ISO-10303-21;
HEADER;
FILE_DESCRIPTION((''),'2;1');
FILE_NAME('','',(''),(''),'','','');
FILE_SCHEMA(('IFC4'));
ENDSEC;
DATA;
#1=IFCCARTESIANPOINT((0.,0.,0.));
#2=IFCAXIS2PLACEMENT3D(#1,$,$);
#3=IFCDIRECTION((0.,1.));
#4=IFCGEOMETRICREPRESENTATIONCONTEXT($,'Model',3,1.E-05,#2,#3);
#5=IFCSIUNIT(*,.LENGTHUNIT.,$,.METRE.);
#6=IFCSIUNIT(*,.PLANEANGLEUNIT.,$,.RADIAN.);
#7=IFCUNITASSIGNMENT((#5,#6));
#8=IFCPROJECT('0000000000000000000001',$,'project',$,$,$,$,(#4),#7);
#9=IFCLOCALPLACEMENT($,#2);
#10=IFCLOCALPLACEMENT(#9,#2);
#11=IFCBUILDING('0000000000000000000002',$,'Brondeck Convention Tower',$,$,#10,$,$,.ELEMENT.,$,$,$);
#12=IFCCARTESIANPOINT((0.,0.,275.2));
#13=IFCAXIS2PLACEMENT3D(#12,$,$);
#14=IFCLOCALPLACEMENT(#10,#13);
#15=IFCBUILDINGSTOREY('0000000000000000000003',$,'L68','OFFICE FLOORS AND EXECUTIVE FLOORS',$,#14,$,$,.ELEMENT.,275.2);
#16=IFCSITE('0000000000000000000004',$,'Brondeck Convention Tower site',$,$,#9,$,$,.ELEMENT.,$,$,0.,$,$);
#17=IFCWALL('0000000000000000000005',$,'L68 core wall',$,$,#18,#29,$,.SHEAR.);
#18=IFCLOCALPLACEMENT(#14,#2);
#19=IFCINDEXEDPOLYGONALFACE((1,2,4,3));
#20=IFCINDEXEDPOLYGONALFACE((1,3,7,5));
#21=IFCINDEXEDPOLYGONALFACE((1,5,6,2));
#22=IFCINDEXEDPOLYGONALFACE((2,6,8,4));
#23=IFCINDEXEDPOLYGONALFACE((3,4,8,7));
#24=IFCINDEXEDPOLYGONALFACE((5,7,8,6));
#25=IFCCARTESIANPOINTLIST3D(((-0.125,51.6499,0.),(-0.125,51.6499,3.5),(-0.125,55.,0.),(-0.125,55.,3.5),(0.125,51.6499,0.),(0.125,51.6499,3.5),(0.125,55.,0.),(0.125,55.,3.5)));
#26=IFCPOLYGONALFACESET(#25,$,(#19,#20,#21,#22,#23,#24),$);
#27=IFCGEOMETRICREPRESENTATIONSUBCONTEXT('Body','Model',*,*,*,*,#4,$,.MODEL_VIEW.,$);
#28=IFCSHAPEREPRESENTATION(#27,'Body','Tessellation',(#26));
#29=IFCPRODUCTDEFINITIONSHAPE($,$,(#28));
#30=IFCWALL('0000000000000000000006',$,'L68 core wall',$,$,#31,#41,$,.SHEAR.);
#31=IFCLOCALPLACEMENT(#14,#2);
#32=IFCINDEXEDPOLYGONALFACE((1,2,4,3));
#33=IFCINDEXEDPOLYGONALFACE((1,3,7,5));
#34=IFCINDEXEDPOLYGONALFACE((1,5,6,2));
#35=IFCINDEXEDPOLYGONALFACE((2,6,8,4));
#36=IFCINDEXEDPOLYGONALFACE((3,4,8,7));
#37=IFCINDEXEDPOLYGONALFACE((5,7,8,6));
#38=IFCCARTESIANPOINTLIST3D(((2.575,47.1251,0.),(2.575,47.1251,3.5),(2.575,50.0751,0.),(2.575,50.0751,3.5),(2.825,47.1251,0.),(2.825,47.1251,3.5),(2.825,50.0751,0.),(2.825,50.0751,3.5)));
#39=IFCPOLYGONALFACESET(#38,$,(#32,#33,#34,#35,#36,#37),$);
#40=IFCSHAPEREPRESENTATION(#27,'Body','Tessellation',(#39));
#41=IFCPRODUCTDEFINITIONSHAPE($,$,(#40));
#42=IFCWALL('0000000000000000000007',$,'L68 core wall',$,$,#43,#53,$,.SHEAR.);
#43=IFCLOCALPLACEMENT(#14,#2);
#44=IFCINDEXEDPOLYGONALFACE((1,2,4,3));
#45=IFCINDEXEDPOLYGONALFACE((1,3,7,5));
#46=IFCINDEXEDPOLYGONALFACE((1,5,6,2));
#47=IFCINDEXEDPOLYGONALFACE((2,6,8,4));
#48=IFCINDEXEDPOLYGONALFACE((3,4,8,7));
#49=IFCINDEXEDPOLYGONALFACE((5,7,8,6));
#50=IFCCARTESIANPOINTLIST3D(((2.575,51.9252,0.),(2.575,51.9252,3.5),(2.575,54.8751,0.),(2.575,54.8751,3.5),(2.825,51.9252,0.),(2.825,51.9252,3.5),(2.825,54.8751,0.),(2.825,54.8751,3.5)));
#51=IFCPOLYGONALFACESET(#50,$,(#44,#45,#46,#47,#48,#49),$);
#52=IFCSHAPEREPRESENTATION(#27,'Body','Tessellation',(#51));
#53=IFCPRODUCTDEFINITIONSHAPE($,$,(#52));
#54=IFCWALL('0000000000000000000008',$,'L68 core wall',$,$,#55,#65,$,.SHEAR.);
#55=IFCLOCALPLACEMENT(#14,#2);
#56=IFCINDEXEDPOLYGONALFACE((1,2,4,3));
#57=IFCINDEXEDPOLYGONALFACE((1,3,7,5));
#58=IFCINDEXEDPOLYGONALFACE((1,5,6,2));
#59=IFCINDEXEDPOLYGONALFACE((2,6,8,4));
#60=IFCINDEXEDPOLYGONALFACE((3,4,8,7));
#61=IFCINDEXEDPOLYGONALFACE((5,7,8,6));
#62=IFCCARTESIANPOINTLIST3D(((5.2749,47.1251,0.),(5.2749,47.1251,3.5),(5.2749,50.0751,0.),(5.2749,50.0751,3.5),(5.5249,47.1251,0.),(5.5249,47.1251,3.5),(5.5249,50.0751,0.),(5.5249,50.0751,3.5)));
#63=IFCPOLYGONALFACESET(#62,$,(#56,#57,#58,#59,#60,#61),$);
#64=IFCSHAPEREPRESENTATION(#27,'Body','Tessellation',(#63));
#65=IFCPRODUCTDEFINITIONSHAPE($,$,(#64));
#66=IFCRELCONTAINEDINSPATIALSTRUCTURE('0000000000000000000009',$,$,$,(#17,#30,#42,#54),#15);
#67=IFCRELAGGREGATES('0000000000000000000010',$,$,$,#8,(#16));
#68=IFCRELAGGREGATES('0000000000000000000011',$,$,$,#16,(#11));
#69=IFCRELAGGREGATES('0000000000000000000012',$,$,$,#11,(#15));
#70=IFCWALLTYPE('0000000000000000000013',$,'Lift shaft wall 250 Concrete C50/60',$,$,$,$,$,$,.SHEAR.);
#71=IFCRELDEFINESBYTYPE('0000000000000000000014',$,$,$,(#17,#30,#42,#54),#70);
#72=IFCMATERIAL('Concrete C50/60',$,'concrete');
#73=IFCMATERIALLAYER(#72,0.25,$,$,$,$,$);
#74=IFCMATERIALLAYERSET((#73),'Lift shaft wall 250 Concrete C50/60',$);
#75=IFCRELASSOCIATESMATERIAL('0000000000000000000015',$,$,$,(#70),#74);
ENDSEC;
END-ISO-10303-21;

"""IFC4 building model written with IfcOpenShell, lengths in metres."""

from ifc_helpers import new_model, si_unit, direction, frame, frame_2d, origin, place, context, subcontext, project, spatial, rectangle, extrude, material, layer, layer_set, type_object, element, save


model = new_model("IFC4")

# Units and contexts
model_context = context("Model", 3, precision=1e-05, world=origin(), true_north=direction((0.0, 1.0)))
body_context = subcontext(model_context, "Body", "Model", "MODEL_VIEW")
ifc_project = project(units=[si_unit("LENGTHUNIT", "METRE"), si_unit("PLANEANGLEUNIT", "RADIAN")], contexts=[model_context])

# Site, building, storey
site_placement = place(None, origin())
site = spatial("IfcSite", under=ifc_project, at=site_placement, Name="Brondeck Convention Tower site", CompositionType="ELEMENT", RefElevation=0.0)
building_placement = place(site_placement, origin())
building = spatial("IfcBuilding", under=site, at=building_placement, Name="Brondeck Convention Tower", CompositionType="ELEMENT")
storey_placement = place(building_placement, frame((0.0, 0.0, 275.2)))
storey = spatial("IfcBuildingStorey", under=building, at=storey_placement, Name="L68", Description="OFFICE FLOORS AND EXECUTIVE FLOORS", CompositionType="ELEMENT", Elevation=275.2)

# Shared definitions
ifc_material_1 = material(Name="Concrete C50/60", Category="concrete")

# Shared definitions
ifc_layer_1 = layer(ifc_material_1, 0.25)
ifc_layer_set_1 = layer_set([ifc_layer_1], Name="Lift shaft wall 250 Concrete C50/60")
wall_type_1 = type_object("IfcWallType", Name="Lift shaft wall 250 Concrete C50/60", PredefinedType="SHEAR", material=ifc_layer_set_1)

# Walls
wall_1_placement = place(storey_placement, frame((0.0, 51.6499, 0.0), z_axis=(0.0, 0.0, 1.0), x_axis=(0.0, 1.0, 0.0)))
element("IfcWall", 1, at=wall_1_placement, inside=storey, type_object=wall_type_1, Name="L68 core wall", PredefinedType="SHEAR", context=body_context, shape_type="SweptSolid", body=[
    extrude(rectangle(XDim=3.3501, YDim=0.25, at=frame_2d((1.675, 0.0))), origin(), (0.0, 0.0, 1.0), 3.5),
])
for number, where, z_axis, x_axis, name in (
    (2, (2.7, 47.125, 0.0), (0.0, 0.0, 1.0), (0.0, 1.0, 0.0), "L68 core wall"),
    (3, (2.7, 51.925, 0.0), (0.0, 0.0, 1.0), (0.0, 1.0, 0.0), "L68 core wall"),
    (4, (5.3999, 47.125, 0.0), (0.0, 0.0, 1.0), (0.0, 1.0, 0.0), "L68 core wall"),
):
    element("IfcWall", number, at=place(storey_placement, frame(where, z_axis=z_axis, x_axis=x_axis)), inside=storey, type_object=wall_type_1, Name=name, PredefinedType="SHEAR", context=body_context, shape_type="SweptSolid", body=[
        extrude(rectangle(XDim=2.95, YDim=0.25, at=frame_2d((1.4751, 0.0))), origin(), (0.0, 0.0, 1.0), 3.5),
    ])

save(model, "model.ifc")
